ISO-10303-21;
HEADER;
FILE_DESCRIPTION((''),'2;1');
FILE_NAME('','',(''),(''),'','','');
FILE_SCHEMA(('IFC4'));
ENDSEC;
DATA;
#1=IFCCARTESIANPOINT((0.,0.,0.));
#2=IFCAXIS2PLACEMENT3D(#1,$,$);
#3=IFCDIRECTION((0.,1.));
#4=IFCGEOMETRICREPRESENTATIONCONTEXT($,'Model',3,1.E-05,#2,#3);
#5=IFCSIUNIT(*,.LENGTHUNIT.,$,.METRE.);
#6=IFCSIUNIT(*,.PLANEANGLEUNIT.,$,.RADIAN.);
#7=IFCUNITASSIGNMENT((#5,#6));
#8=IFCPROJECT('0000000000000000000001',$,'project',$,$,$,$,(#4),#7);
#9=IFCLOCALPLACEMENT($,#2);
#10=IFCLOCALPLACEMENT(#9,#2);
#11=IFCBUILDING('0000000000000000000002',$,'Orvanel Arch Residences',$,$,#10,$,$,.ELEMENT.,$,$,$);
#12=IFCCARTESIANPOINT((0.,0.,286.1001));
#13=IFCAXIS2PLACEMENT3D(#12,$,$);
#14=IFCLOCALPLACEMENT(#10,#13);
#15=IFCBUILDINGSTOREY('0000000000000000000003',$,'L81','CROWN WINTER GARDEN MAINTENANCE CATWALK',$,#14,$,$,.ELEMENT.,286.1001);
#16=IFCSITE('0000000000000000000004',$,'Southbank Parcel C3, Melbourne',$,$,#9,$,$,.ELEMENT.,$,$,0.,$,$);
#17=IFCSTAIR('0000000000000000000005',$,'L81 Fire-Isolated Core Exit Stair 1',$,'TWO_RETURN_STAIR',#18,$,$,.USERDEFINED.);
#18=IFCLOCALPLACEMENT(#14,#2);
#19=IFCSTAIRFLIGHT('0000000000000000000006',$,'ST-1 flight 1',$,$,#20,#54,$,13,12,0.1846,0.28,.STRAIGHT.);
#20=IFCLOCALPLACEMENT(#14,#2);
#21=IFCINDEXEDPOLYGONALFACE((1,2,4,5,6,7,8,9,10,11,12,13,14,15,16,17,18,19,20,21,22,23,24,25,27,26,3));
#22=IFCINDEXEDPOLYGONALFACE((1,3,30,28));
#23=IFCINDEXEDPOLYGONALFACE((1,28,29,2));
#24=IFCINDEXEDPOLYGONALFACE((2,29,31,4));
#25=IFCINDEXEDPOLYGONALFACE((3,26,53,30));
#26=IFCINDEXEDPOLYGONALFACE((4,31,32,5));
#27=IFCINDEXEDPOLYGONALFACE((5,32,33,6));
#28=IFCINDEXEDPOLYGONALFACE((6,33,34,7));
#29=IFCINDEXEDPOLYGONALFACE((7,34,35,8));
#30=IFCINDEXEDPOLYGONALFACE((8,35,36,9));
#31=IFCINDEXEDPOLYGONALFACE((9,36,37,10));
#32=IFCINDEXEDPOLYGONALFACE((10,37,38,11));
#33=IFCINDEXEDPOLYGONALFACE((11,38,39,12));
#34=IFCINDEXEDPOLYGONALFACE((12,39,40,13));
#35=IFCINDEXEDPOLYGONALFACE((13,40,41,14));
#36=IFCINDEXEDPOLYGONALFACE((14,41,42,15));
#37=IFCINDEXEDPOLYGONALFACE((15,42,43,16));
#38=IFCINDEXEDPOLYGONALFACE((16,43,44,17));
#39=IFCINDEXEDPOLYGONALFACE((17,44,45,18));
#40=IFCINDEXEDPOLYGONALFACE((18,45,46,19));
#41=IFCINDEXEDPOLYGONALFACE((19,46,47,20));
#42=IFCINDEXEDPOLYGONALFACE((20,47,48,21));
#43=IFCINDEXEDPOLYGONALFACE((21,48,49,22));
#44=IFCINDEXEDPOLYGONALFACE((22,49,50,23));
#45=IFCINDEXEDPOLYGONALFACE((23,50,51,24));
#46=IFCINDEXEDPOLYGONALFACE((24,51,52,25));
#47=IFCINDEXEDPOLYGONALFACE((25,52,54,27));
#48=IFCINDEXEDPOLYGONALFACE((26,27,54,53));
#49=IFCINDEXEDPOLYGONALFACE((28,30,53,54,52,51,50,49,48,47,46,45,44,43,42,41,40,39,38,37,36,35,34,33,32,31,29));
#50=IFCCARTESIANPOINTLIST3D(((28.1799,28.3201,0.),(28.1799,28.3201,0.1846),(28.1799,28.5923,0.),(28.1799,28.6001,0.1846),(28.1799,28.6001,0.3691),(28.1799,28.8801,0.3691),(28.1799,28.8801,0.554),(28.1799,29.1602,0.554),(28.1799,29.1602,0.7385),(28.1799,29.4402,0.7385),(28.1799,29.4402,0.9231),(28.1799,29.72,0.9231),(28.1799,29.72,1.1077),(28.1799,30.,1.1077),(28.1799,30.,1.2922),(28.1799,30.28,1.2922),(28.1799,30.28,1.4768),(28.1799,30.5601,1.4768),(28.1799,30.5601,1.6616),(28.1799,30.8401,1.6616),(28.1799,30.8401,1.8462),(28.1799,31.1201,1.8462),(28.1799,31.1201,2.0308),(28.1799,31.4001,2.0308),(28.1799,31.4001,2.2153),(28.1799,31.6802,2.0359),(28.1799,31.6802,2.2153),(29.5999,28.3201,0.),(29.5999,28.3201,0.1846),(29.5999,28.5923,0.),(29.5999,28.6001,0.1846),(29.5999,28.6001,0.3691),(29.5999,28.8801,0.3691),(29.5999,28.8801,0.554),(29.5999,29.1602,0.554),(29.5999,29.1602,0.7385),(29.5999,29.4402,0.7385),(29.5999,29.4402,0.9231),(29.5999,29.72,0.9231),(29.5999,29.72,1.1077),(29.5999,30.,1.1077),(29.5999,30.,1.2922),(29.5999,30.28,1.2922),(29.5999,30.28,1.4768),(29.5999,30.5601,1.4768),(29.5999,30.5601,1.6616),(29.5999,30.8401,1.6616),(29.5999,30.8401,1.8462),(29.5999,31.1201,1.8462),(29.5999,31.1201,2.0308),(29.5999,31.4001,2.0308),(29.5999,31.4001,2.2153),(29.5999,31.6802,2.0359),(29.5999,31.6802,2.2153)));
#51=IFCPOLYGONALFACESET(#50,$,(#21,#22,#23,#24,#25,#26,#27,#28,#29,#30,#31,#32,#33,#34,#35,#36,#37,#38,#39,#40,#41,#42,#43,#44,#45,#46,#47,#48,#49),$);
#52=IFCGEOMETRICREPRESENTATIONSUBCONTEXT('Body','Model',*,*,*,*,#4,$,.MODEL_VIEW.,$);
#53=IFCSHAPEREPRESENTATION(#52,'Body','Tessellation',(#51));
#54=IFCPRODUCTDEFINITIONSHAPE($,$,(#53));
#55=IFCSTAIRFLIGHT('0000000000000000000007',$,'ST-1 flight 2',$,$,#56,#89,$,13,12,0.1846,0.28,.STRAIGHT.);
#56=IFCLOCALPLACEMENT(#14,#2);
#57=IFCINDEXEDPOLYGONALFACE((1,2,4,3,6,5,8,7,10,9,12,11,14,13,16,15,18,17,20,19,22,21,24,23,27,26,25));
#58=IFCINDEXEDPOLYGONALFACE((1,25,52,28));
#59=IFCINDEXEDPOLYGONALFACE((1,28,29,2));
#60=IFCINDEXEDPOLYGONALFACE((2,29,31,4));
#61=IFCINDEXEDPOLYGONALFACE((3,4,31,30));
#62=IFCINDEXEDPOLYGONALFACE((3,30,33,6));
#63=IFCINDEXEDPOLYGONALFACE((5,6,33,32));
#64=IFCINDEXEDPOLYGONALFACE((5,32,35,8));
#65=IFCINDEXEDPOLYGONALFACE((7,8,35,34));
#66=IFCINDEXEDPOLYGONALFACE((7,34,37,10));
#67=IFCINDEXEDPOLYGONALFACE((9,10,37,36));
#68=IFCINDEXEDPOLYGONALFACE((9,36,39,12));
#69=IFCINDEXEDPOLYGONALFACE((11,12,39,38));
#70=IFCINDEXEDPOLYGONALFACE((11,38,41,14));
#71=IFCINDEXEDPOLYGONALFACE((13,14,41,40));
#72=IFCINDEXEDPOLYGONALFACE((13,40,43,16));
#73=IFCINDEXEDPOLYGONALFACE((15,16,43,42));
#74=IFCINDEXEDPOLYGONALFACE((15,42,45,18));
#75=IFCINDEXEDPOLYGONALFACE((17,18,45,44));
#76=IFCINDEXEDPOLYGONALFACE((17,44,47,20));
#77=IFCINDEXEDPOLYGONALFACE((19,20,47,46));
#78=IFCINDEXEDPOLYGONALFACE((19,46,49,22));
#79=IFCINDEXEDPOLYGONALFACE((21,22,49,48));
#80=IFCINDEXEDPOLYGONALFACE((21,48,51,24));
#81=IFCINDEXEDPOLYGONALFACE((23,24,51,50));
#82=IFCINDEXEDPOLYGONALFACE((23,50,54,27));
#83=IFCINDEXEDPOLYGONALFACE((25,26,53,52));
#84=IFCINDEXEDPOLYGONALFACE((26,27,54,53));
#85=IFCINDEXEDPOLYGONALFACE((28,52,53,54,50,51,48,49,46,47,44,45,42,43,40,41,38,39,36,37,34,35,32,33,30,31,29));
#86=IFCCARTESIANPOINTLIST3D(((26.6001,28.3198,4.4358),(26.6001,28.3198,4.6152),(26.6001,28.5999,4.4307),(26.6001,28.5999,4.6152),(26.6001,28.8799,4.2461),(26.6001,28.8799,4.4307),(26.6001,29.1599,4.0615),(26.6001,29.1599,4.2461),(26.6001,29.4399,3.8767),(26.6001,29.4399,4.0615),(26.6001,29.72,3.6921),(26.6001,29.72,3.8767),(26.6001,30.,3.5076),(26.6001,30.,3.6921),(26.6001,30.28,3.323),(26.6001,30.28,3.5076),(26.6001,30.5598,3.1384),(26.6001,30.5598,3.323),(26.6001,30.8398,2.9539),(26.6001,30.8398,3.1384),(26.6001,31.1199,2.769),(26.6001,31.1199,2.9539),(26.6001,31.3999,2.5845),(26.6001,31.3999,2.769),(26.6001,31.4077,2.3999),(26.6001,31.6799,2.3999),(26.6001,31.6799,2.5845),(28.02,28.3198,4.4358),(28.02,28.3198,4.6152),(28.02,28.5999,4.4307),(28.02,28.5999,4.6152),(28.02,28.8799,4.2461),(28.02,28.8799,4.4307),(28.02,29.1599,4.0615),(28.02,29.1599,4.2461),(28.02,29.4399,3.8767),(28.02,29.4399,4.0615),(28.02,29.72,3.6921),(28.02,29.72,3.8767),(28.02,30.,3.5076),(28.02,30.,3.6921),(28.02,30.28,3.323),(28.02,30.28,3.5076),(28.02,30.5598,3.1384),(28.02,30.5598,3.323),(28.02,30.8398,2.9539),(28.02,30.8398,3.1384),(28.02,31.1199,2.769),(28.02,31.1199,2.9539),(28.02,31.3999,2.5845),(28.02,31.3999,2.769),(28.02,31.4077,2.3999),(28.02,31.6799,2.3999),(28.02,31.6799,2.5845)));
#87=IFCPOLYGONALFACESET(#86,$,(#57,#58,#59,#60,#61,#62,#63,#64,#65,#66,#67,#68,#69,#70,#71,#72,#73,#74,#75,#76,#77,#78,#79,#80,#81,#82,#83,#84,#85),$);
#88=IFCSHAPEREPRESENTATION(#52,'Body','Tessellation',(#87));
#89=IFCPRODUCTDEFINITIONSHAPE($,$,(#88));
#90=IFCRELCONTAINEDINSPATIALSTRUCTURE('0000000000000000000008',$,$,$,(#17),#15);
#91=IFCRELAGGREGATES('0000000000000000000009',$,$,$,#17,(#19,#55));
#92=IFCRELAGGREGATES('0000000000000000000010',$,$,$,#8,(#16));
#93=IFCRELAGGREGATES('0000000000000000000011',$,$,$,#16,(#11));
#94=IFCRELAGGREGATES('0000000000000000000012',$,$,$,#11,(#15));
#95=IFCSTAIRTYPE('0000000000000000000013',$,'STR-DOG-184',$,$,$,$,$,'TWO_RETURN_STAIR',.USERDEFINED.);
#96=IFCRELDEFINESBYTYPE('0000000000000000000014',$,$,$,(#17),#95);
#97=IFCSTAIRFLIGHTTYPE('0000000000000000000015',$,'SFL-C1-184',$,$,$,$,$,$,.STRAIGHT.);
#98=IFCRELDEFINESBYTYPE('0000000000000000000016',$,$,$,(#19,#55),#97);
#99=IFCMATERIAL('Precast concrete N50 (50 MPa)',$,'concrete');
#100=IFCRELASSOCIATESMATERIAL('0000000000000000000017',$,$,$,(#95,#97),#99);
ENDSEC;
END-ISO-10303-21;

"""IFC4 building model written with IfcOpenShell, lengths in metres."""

from ifc_helpers import new_model, si_unit, direction, frame, origin, place, context, subcontext, project, spatial, polyline, outline, extrude, material, type_object, element, aggregate, save


model = new_model("IFC4")

# Units and contexts
model_context = context("Model", 3, precision=1e-05, world=origin(), true_north=direction((0.0, 1.0)))
body_context = subcontext(model_context, "Body", "Model", "MODEL_VIEW")
ifc_project = project(units=[si_unit("LENGTHUNIT", "METRE"), si_unit("PLANEANGLEUNIT", "RADIAN")], contexts=[model_context])

# Site, building, storey
site_placement = place(None, origin())
site = spatial("IfcSite", under=ifc_project, at=site_placement, Name="Southbank Parcel C3, Melbourne", CompositionType="ELEMENT", RefElevation=0.0)
building_placement = place(site_placement, origin())
building = spatial("IfcBuilding", under=site, at=building_placement, Name="Orvanel Arch Residences", CompositionType="ELEMENT")
storey_placement = place(building_placement, frame((0.0, 0.0, 286.1001)))
storey = spatial("IfcBuildingStorey", under=building, at=storey_placement, Name="L81", Description="CROWN WINTER GARDEN MAINTENANCE CATWALK", CompositionType="ELEMENT", Elevation=286.1001)

# Stair, stair flights
ifc_material_1 = material(Name="Precast concrete N50 (50 MPa)", Category="concrete")
stair_type = type_object("IfcStairType", Name="STR-DOG-184", ElementType="TWO_RETURN_STAIR", PredefinedType="USERDEFINED", material=ifc_material_1)
stair_placement = place(storey_placement, origin())
stair = element("IfcStair", 1, at=stair_placement, inside=storey, type_object=stair_type, Name="L81 Fire-Isolated Core Exit Stair 1", ObjectType="TWO_RETURN_STAIR", PredefinedType="USERDEFINED")
stair_flight_type = type_object("IfcStairFlightType", Name="SFL-C1-184", PredefinedType="STRAIGHT", material=ifc_material_1)
stair_flight_1_placement = place(storey_placement, frame((28.8899, 28.3201, 0.0), z_axis=(0.0, 0.0, 1.0), x_axis=(0.0, 1.0, 0.0)))
stair_flight_1 = element("IfcStairFlight", 2, at=stair_flight_1_placement, type_object=stair_flight_type, Name="ST-1 flight 1", NumberOfRisers=13, NumberOfTreads=12, PredefinedType="STRAIGHT", RiserHeight=0.1846, TreadLength=0.28, context=body_context, shape_type="SweptSolid", body=[
    extrude(outline(polyline([(0.0, 0.0), (0.0, 0.1846), (0.28, 0.1846), (0.28, 0.3691), (0.5601, 0.3691), (0.5601, 0.554), (0.8401, 0.554), (0.8401, 0.7385), (1.1201, 0.7385), (1.1201, 0.9231), (1.3999, 0.9231), (1.3999, 1.1077), (1.6799, 1.1077), (1.6799, 1.2922), (1.96, 1.2922), (1.96, 1.4768), (2.24, 1.4768), (2.24, 1.6616), (2.52, 1.6616), (2.52, 1.8462), (2.8, 1.8462), (2.8, 2.0308), (3.0801, 2.0308), (3.0801, 2.2153), (3.3601, 2.2153), (3.3601, 2.3999), (3.3601, 2.0359), (0.2722, 0.0), (0.0, 0.0)])), frame((0.0, 0.71, 0.0), z_axis=(0.0, -1.0, 0.0), x_axis=(1.0, 0.0, 0.0)), (0.0, 0.0, 1.0), 1.4199),
])
stair_flight_2_placement = place(storey_placement, frame((27.3101, 31.6799, 2.3999), z_axis=(0.0, 0.0, 1.0), x_axis=(0.0, -1.0, 0.0)))
stair_flight_2 = element("IfcStairFlight", 3, at=stair_flight_2_placement, type_object=stair_flight_type, Name="ST-1 flight 2", NumberOfRisers=13, NumberOfTreads=12, PredefinedType="STRAIGHT", RiserHeight=0.1846, TreadLength=0.28, context=body_context, shape_type="SweptSolid", body=[
    extrude(outline(polyline([(0.0, 0.0), (0.0, 0.1846), (0.28, 0.1846), (0.28, 0.3691), (0.5601, 0.3691), (0.5601, 0.554), (0.8401, 0.554), (0.8401, 0.7385), (1.1201, 0.7385), (1.1201, 0.9231), (1.3999, 0.9231), (1.3999, 1.1077), (1.6799, 1.1077), (1.6799, 1.2922), (1.96, 1.2922), (1.96, 1.4768), (2.24, 1.4768), (2.24, 1.6616), (2.52, 1.6616), (2.52, 1.8462), (2.8, 1.8462), (2.8, 2.0308), (3.0801, 2.0308), (3.0801, 2.2153), (3.3601, 2.2153), (3.3601, 2.3999), (3.3601, 2.0359), (0.2722, 0.0), (0.0, 0.0)])), frame((0.0, 0.71, 0.0), z_axis=(0.0, -1.0, 0.0), x_axis=(1.0, 0.0, 0.0)), (0.0, 0.0, 1.0), 1.4199),
])
aggregate(stair, [stair_flight_1, stair_flight_2])

save(model, "model.ifc")
